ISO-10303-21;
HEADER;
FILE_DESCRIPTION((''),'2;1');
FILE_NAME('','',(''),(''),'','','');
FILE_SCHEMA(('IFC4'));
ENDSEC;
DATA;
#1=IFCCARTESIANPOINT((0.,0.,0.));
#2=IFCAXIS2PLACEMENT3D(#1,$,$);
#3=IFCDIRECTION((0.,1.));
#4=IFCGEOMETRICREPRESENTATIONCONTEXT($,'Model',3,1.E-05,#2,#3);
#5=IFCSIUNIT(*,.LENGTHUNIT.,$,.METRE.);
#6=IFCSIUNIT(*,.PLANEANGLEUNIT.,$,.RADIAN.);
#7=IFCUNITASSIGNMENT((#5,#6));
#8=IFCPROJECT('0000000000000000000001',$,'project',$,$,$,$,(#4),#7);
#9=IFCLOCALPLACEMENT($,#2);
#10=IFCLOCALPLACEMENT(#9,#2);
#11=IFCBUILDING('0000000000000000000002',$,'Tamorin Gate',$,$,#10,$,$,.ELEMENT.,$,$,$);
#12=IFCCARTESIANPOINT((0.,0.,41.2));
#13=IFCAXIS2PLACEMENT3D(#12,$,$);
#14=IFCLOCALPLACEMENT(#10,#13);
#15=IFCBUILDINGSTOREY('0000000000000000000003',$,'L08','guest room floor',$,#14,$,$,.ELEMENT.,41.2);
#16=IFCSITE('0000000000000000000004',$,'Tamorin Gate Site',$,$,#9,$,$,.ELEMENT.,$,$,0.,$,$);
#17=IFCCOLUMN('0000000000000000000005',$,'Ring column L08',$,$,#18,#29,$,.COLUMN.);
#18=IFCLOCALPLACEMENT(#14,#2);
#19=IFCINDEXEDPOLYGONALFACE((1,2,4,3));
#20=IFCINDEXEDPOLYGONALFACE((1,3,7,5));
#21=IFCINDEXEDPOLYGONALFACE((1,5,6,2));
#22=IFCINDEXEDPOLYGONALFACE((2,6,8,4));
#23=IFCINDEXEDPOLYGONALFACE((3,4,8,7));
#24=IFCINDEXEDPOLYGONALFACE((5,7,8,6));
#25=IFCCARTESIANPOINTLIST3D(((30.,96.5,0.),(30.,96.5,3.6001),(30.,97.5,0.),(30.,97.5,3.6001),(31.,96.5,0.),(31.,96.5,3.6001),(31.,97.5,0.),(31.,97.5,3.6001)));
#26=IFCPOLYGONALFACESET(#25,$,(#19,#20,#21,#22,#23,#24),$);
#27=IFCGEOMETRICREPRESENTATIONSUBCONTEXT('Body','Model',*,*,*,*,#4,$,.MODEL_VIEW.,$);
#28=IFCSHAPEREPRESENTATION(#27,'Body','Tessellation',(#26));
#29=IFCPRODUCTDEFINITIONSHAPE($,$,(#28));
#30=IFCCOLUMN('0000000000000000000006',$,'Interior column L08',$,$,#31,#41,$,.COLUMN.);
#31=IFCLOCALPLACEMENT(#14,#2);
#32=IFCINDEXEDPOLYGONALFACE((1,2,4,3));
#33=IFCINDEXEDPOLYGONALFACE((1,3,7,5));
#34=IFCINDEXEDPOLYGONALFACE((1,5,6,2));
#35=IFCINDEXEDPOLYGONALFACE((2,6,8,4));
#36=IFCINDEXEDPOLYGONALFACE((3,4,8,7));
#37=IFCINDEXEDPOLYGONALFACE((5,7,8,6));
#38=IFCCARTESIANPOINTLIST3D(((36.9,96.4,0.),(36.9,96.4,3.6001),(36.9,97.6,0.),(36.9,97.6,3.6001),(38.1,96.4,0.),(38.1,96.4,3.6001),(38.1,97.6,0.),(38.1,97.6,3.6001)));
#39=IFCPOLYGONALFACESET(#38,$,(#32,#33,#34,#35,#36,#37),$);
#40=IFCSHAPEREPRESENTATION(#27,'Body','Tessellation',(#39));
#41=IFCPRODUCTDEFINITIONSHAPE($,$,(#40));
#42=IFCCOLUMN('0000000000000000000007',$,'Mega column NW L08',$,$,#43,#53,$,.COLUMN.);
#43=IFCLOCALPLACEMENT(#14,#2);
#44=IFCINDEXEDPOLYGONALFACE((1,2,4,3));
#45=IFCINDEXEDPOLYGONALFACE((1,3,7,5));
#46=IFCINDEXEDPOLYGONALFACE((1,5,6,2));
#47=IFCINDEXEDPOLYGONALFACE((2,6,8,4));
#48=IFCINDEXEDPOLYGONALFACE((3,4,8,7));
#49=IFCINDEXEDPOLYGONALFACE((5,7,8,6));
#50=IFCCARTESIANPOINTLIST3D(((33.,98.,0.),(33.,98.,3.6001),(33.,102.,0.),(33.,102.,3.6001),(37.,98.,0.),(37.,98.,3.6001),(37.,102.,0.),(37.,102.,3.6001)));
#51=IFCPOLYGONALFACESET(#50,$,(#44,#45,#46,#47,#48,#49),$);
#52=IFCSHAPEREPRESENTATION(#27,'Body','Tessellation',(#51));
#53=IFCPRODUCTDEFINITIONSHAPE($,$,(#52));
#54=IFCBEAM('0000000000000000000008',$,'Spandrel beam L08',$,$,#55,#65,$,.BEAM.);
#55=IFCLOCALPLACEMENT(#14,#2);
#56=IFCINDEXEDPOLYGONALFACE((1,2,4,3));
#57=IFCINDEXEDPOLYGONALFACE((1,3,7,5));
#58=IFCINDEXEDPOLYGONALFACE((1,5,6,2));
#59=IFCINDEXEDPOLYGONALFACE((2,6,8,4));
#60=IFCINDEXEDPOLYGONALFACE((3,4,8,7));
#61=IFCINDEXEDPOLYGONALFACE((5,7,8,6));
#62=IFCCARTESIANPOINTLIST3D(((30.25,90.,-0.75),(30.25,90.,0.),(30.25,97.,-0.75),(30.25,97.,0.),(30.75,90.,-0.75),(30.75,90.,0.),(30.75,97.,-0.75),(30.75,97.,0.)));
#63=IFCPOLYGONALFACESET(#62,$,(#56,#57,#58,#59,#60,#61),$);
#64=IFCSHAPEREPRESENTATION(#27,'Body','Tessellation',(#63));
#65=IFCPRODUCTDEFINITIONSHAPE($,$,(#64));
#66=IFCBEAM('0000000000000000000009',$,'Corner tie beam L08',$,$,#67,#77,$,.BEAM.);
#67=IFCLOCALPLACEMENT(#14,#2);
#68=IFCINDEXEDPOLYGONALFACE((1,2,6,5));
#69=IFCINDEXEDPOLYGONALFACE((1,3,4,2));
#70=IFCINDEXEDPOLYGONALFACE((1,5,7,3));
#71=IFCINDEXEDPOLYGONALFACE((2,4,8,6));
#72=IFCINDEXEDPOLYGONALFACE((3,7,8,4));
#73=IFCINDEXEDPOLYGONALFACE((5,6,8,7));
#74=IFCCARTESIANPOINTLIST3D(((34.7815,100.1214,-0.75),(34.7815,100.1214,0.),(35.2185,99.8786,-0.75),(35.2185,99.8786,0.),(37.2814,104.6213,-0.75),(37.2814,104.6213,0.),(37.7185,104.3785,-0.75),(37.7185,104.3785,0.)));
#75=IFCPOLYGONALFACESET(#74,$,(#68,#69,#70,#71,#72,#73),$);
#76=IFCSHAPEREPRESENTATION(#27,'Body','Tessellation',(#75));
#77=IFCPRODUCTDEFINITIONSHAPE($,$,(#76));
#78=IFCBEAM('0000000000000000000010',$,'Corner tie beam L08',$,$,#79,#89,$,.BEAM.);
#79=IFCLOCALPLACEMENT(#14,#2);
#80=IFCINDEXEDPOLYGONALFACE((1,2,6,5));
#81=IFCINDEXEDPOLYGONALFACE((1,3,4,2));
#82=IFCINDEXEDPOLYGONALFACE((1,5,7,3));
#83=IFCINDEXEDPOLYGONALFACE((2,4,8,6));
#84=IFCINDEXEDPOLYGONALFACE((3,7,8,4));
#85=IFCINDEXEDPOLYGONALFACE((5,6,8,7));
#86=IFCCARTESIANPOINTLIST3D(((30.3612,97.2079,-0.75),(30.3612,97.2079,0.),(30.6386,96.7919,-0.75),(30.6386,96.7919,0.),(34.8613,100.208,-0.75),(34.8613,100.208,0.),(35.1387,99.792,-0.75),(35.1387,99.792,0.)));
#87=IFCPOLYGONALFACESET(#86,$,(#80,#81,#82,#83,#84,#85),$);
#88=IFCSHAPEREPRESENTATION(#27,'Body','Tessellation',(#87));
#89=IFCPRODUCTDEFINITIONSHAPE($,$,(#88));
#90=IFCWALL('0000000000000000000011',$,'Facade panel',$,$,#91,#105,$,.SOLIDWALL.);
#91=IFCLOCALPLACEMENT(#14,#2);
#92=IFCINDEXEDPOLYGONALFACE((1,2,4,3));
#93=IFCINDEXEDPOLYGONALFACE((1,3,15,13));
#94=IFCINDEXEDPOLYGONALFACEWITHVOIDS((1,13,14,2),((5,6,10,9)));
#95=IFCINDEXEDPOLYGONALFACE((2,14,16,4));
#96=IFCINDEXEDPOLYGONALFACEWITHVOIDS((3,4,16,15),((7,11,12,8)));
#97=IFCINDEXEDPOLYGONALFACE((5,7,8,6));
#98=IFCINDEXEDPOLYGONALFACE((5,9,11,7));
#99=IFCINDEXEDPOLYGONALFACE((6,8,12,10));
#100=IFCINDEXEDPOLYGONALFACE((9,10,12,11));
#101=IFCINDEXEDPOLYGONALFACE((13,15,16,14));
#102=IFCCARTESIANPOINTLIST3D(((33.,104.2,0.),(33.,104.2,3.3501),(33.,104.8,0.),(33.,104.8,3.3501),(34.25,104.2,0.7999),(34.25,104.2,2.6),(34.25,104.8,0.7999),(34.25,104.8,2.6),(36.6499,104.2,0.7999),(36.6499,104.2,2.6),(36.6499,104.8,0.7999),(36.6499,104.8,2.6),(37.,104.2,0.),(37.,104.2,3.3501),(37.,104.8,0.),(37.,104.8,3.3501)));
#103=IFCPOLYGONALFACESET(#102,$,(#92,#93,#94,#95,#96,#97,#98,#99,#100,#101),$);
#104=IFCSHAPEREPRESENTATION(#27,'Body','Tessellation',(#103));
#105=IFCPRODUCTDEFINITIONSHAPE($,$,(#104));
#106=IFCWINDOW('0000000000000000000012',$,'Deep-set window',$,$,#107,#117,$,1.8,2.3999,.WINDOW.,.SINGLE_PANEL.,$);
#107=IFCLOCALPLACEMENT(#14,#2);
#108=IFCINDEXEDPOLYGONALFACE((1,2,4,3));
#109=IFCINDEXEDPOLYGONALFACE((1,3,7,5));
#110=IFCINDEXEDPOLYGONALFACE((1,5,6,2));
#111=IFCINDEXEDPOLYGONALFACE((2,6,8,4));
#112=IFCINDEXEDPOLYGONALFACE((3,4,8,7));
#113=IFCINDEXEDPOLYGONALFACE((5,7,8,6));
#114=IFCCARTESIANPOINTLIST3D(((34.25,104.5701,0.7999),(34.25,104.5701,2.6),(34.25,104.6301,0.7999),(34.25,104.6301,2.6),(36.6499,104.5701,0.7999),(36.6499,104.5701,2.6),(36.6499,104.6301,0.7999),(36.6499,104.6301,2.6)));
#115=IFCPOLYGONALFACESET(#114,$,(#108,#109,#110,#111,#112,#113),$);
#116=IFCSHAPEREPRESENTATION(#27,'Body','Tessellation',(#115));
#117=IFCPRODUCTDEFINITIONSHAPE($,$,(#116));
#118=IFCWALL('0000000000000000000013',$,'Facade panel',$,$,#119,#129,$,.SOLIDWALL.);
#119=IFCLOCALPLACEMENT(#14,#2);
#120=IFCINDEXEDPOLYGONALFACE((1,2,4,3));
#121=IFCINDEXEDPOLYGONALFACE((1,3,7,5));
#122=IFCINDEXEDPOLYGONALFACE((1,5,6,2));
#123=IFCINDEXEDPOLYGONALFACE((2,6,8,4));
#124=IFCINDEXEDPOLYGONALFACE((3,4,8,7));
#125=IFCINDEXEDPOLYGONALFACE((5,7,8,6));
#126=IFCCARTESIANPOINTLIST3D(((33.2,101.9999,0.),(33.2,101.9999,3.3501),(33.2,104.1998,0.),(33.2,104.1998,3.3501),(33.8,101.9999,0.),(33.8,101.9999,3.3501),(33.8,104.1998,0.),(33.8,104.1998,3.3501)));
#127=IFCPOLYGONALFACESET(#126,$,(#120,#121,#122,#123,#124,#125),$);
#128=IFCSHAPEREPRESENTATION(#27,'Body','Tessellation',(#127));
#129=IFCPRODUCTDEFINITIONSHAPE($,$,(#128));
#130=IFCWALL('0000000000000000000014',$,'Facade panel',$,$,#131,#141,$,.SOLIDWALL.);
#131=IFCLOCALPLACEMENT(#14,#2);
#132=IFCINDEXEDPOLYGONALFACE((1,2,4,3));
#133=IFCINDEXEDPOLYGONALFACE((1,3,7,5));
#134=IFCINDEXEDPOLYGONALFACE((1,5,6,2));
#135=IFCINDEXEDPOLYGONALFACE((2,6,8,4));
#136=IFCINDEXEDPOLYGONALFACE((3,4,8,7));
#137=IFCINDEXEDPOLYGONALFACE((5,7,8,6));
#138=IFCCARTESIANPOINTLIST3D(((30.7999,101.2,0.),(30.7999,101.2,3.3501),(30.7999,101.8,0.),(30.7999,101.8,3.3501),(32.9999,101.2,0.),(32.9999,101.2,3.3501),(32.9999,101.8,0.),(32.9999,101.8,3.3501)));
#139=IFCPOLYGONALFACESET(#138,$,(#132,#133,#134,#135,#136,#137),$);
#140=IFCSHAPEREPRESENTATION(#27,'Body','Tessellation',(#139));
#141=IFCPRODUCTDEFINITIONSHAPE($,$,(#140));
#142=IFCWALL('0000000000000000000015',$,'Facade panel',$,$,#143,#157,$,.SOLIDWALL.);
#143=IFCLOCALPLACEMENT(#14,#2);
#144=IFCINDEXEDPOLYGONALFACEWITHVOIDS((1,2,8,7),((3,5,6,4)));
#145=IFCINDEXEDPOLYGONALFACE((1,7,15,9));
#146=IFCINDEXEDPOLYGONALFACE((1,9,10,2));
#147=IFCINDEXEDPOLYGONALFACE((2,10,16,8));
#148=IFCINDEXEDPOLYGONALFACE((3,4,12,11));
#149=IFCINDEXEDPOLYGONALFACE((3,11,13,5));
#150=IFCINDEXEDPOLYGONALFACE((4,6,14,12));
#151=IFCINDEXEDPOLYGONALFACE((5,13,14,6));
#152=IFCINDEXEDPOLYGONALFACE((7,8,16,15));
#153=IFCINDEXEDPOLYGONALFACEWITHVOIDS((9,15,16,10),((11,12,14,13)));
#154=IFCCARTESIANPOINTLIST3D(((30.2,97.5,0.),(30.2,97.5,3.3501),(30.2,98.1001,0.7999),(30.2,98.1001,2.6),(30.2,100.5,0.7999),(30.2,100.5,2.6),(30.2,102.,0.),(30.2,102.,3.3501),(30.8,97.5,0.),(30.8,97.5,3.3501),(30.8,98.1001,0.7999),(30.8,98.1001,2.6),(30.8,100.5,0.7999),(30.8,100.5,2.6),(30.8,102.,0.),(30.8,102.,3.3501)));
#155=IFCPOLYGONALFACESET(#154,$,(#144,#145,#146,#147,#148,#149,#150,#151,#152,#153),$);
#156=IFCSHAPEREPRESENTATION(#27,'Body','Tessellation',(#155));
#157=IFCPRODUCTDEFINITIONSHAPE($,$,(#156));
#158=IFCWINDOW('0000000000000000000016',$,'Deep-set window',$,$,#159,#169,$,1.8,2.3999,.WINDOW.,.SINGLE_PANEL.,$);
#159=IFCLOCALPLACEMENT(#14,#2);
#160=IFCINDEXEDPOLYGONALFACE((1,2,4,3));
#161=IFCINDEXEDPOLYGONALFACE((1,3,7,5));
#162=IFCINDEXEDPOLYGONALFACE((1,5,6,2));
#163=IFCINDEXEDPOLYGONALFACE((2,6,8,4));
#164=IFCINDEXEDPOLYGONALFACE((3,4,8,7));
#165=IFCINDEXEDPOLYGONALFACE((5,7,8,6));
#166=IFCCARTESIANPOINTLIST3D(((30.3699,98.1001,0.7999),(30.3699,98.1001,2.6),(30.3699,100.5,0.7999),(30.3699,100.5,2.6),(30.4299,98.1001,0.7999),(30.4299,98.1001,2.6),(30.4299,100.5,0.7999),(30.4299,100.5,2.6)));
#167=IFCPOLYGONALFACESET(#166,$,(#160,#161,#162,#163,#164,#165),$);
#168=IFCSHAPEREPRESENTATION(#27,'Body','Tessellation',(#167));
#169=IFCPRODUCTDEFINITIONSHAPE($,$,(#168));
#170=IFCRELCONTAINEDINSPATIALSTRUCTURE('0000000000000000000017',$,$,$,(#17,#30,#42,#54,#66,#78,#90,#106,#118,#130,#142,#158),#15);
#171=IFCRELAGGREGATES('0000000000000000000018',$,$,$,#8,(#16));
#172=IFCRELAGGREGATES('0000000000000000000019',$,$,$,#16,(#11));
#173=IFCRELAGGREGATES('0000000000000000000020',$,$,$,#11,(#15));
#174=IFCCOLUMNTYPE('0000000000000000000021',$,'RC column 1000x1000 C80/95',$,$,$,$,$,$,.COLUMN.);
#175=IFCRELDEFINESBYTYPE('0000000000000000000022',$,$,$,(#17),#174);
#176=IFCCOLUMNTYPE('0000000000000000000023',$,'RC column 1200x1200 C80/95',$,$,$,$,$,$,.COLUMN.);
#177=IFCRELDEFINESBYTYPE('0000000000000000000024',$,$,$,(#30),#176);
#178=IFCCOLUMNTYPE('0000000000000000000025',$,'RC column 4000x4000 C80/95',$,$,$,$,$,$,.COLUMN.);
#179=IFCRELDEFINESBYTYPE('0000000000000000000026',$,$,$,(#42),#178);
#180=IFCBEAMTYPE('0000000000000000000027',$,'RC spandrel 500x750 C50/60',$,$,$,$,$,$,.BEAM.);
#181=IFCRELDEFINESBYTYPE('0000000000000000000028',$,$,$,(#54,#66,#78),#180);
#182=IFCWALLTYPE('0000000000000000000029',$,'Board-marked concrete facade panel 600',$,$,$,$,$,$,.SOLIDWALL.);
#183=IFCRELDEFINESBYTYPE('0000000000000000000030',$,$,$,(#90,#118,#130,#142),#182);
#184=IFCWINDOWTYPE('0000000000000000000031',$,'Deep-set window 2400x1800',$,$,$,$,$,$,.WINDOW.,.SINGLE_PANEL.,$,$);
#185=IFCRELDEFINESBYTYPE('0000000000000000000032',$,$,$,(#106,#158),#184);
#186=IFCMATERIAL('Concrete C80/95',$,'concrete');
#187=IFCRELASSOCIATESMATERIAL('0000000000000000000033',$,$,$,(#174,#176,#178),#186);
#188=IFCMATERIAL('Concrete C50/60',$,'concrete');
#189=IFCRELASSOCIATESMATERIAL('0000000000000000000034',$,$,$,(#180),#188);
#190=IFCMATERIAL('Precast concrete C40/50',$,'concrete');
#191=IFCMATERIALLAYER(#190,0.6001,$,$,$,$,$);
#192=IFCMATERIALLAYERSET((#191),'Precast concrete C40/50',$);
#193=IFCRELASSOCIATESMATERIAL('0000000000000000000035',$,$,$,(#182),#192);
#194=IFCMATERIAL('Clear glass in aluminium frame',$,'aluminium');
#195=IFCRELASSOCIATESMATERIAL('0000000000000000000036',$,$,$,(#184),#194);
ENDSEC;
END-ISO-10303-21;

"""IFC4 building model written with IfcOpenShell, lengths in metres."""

from ifc_helpers import new_model, si_unit, direction, frame, frame_2d, origin, origin_2d, place, context, subcontext, project, spatial, rectangle, extrude, material, layer, layer_set, material_profile, profile_set, type_object, element, fill, save


model = new_model("IFC4")

# Units and contexts
model_context = context("Model", 3, precision=1e-05, world=origin(), true_north=direction((0.0, 1.0)))
body_context = subcontext(model_context, "Body", "Model", "MODEL_VIEW")
ifc_project = project(units=[si_unit("LENGTHUNIT", "METRE"), si_unit("PLANEANGLEUNIT", "RADIAN")], contexts=[model_context])

# Site, building, storey
site_placement = place(None, origin())
site = spatial("IfcSite", under=ifc_project, at=site_placement, Name="Tamorin Gate Site", CompositionType="ELEMENT", RefElevation=0.0)
building_placement = place(site_placement, origin())
building = spatial("IfcBuilding", under=site, at=building_placement, Name="Tamorin Gate", CompositionType="ELEMENT")
storey_placement = place(building_placement, frame((0.0, 0.0, 41.2)))
storey = spatial("IfcBuildingStorey", under=building, at=storey_placement, Name="L08", Description="guest room floor", CompositionType="ELEMENT", Elevation=41.2)

# Columns
ifc_material_1 = material(Name="Concrete C80/95", Category="concrete")
ifc_material_profile_1 = material_profile(ifc_material_1, rectangle(XDim=1.0, YDim=1.0, at=origin_2d()), Name="RC 1000x1000")
ifc_profile_set_1 = profile_set([ifc_material_profile_1], Name="Concrete C80/95")
column_type_1 = type_object("IfcColumnType", Name="RC column 1000x1000 C80/95", PredefinedType="COLUMN", material=ifc_profile_set_1)
column_1_placement = place(storey_placement, frame((30.5, 97.0, 0.0), z_axis=(0.0, 0.0, 1.0), x_axis=(1.0, 0.0, 0.0)))
element("IfcColumn", 1, at=column_1_placement, inside=storey, type_object=column_type_1, Name="Ring column L08", PredefinedType="COLUMN", context=body_context, shape_type="SweptSolid", body=[
    extrude(rectangle(XDim=1.0, YDim=1.0, at=origin_2d()), origin(), (0.0, 0.0, 1.0), 3.6001),
])
ifc_material_profile_2 = material_profile(ifc_material_1, rectangle(XDim=1.2, YDim=1.2, at=origin_2d()), Name="RC 1200x1200")
ifc_profile_set_2 = profile_set([ifc_material_profile_2], Name="Concrete C80/95")
column_type_2 = type_object("IfcColumnType", Name="RC column 1200x1200 C80/95", PredefinedType="COLUMN", material=ifc_profile_set_2)
column_2_placement = place(storey_placement, frame((37.5, 97.0, 0.0), z_axis=(0.0, 0.0, 1.0), x_axis=(1.0, 0.0, 0.0)))
element("IfcColumn", 2, at=column_2_placement, inside=storey, type_object=column_type_2, Name="Interior column L08", PredefinedType="COLUMN", context=body_context, shape_type="SweptSolid", body=[
    extrude(rectangle(XDim=1.2, YDim=1.2, at=origin_2d()), origin(), (0.0, 0.0, 1.0), 3.6001),
])
ifc_material_profile_3 = material_profile(ifc_material_1, rectangle(XDim=4.0, YDim=4.0, at=origin_2d()), Name="RC 4000x4000")
ifc_profile_set_3 = profile_set([ifc_material_profile_3], Name="Concrete C80/95")
column_type_3 = type_object("IfcColumnType", Name="RC column 4000x4000 C80/95", PredefinedType="COLUMN", material=ifc_profile_set_3)
column_3_placement = place(storey_placement, frame((35.0, 100.0, 0.0), z_axis=(0.0, 0.0, 1.0), x_axis=(1.0, 0.0, 0.0)))
element("IfcColumn", 3, at=column_3_placement, inside=storey, type_object=column_type_3, Name="Mega column NW L08", PredefinedType="COLUMN", context=body_context, shape_type="SweptSolid", body=[
    extrude(rectangle(XDim=4.0, YDim=4.0, at=origin_2d()), origin(), (0.0, 0.0, 1.0), 3.6001),
])

# Beams
ifc_material_2 = material(Name="Concrete C50/60", Category="concrete")
ifc_material_profile_4 = material_profile(ifc_material_2, rectangle(XDim=0.5, YDim=0.75, at=origin_2d()), Name="RC 500x750")
ifc_profile_set_4 = profile_set([ifc_material_profile_4], Name="Concrete C50/60")
beam_type = type_object("IfcBeamType", Name="RC spandrel 500x750 C50/60", PredefinedType="BEAM", material=ifc_profile_set_4)
beam_1_placement = place(storey_placement, frame((30.5, 97.0, -0.375), z_axis=(0.0, -1.0, 0.0), x_axis=(1.0, 0.0, 0.0)))
element("IfcBeam", 4, at=beam_1_placement, inside=storey, type_object=beam_type, Name="Spandrel beam L08", PredefinedType="BEAM", context=body_context, shape_type="SweptSolid", body=[
    extrude(rectangle(XDim=0.5, YDim=0.75, at=origin_2d()), origin(), (0.0, 0.0, 1.0), 7.0),
])
beam_2_placement = place(storey_placement, frame((35.0, 100.0, -0.375), z_axis=(0.485643, 0.874157, 0.0), x_axis=(-0.874157, 0.485643, 0.0)))
element("IfcBeam", 5, at=beam_2_placement, inside=storey, type_object=beam_type, Name="Corner tie beam L08", PredefinedType="BEAM", context=body_context, shape_type="SweptSolid", body=[
    extrude(rectangle(XDim=0.5, YDim=0.75, at=origin_2d()), origin(), (0.0, 0.0, 1.0), 5.1477),
])
beam_3_placement = place(storey_placement, frame((35.0, 100.0, -0.375), z_axis=(-0.83205, -0.5547, 0.0), x_axis=(0.5547, -0.83205, 0.0)))
element("IfcBeam", 6, at=beam_3_placement, inside=storey, type_object=beam_type, Name="Corner tie beam L08", PredefinedType="BEAM", context=body_context, shape_type="SweptSolid", body=[
    extrude(rectangle(XDim=0.5, YDim=0.75, at=origin_2d()), origin(), (0.0, 0.0, 1.0), 5.4084),
])

# Wall, opening, window
ifc_material_3 = material(Name="Precast concrete C40/50", Category="concrete")
ifc_layer_1 = layer(ifc_material_3, 0.6001)
ifc_layer_set_1 = layer_set([ifc_layer_1], Name="Precast concrete C40/50")
wall_type_1 = type_object("IfcWallType", Name="Board-marked concrete facade panel 600", PredefinedType="SOLIDWALL", material=ifc_layer_set_1)
wall_1_placement = place(storey_placement, frame((37.0, 104.5, 0.0), z_axis=(0.0, 0.0, 1.0), x_axis=(-1.0, 0.0, 0.0)))
wall_1 = element("IfcWall", 7, at=wall_1_placement, inside=storey, type_object=wall_type_1, Name="Facade panel", PredefinedType="SOLIDWALL", context=body_context, shape_type="SweptSolid", body=[
    extrude(rectangle(XDim=4.0, YDim=0.6001, at=frame_2d((2.0, 0.0))), origin(), (0.0, 0.0, 1.0), 3.3501),
])
opening_1_placement = place(wall_1_placement, frame((0.3501, 0.0, 0.8)))
opening_1 = element("IfcOpeningElement", 8, at=opening_1_placement, cuts=wall_1, PredefinedType="OPENING", context=body_context, shape_type="SweptSolid", body=[
    extrude(rectangle(XDim=2.3999, YDim=1.8, at=frame_2d((1.2, 0.8999))), frame((0.0, 0.3101, 0.0), z_axis=(0.0, -1.0, 0.0), x_axis=(1.0, 0.0, 0.0)), (0.0, 0.0, 1.0), 0.6201),
])
ifc_material_4 = material(Name="Clear glass in aluminium frame", Category="aluminium")
window_type = type_object("IfcWindowType", Name="Deep-set window 2400x1800", PartitioningType="SINGLE_PANEL", PredefinedType="WINDOW", material=ifc_material_4)
window_1_placement = place(opening_1_placement, origin())
window_1 = element("IfcWindow", 9, at=window_1_placement, inside=storey, type_object=window_type, Name="Deep-set window", OverallHeight=1.8, OverallWidth=2.3999, PartitioningType="SINGLE_PANEL", PredefinedType="WINDOW", context=body_context, shape_type="SweptSolid", body=[
    extrude(rectangle(XDim=2.3999, YDim=1.8, at=frame_2d((1.2, 0.8999))), frame((0.0, -0.0701, 0.0), z_axis=(0.0, -1.0, 0.0), x_axis=(1.0, 0.0, 0.0)), (0.0, 0.0, 1.0), 0.0601),
])
fill(opening_1, window_1)

# Walls
for number, where, z_axis, x_axis, name in (
    (10, (33.5, 104.2, 0.0), (0.0, 0.0, 1.0), (0.0, -1.0, 0.0), "Facade panel"),
    (11, (33.0, 101.5, 0.0), (0.0, 0.0, 1.0), (-1.0, 0.0, 0.0), "Facade panel"),
):
    element("IfcWall", number, at=place(storey_placement, frame(where, z_axis=z_axis, x_axis=x_axis)), inside=storey, type_object=wall_type_1, Name=name, PredefinedType="SOLIDWALL", context=body_context, shape_type="SweptSolid", body=[
        extrude(rectangle(XDim=2.2, YDim=0.6001, at=frame_2d((1.1001, 0.0))), origin(), (0.0, 0.0, 1.0), 3.3501),
    ])

# Wall, opening, window
wall_2_placement = place(storey_placement, frame((30.5, 102.0, 0.0), z_axis=(0.0, 0.0, 1.0), x_axis=(0.0, -1.0, 0.0)))
wall_2 = element("IfcWall", 12, at=wall_2_placement, inside=storey, type_object=wall_type_1, Name="Facade panel", PredefinedType="SOLIDWALL", context=body_context, shape_type="SweptSolid", body=[
    extrude(rectangle(XDim=4.5, YDim=0.6001, at=frame_2d((2.25, 0.0))), origin(), (0.0, 0.0, 1.0), 3.3501),
])
opening_2_placement = place(wall_2_placement, frame((1.5, 0.0, 0.8)))
opening_2 = element("IfcOpeningElement", 13, at=opening_2_placement, cuts=wall_2, PredefinedType="OPENING", context=body_context, shape_type="SweptSolid", body=[
    extrude(rectangle(XDim=2.3999, YDim=1.8, at=frame_2d((1.2, 0.8999))), frame((0.0, 0.3101, 0.0), z_axis=(0.0, -1.0, 0.0), x_axis=(1.0, 0.0, 0.0)), (0.0, 0.0, 1.0), 0.6201),
])
window_2_placement = place(opening_2_placement, origin())
window_2 = element("IfcWindow", 14, at=window_2_placement, inside=storey, type_object=window_type, Name="Deep-set window", OverallHeight=1.8, OverallWidth=2.3999, PartitioningType="SINGLE_PANEL", PredefinedType="WINDOW", context=body_context, shape_type="SweptSolid", body=[
    extrude(rectangle(XDim=2.3999, YDim=1.8, at=frame_2d((1.2, 0.8999))), frame((0.0, -0.0701, 0.0), z_axis=(0.0, -1.0, 0.0), x_axis=(1.0, 0.0, 0.0)), (0.0, 0.0, 1.0), 0.0601),
])
fill(opening_2, window_2)

save(model, "model.ifc")
